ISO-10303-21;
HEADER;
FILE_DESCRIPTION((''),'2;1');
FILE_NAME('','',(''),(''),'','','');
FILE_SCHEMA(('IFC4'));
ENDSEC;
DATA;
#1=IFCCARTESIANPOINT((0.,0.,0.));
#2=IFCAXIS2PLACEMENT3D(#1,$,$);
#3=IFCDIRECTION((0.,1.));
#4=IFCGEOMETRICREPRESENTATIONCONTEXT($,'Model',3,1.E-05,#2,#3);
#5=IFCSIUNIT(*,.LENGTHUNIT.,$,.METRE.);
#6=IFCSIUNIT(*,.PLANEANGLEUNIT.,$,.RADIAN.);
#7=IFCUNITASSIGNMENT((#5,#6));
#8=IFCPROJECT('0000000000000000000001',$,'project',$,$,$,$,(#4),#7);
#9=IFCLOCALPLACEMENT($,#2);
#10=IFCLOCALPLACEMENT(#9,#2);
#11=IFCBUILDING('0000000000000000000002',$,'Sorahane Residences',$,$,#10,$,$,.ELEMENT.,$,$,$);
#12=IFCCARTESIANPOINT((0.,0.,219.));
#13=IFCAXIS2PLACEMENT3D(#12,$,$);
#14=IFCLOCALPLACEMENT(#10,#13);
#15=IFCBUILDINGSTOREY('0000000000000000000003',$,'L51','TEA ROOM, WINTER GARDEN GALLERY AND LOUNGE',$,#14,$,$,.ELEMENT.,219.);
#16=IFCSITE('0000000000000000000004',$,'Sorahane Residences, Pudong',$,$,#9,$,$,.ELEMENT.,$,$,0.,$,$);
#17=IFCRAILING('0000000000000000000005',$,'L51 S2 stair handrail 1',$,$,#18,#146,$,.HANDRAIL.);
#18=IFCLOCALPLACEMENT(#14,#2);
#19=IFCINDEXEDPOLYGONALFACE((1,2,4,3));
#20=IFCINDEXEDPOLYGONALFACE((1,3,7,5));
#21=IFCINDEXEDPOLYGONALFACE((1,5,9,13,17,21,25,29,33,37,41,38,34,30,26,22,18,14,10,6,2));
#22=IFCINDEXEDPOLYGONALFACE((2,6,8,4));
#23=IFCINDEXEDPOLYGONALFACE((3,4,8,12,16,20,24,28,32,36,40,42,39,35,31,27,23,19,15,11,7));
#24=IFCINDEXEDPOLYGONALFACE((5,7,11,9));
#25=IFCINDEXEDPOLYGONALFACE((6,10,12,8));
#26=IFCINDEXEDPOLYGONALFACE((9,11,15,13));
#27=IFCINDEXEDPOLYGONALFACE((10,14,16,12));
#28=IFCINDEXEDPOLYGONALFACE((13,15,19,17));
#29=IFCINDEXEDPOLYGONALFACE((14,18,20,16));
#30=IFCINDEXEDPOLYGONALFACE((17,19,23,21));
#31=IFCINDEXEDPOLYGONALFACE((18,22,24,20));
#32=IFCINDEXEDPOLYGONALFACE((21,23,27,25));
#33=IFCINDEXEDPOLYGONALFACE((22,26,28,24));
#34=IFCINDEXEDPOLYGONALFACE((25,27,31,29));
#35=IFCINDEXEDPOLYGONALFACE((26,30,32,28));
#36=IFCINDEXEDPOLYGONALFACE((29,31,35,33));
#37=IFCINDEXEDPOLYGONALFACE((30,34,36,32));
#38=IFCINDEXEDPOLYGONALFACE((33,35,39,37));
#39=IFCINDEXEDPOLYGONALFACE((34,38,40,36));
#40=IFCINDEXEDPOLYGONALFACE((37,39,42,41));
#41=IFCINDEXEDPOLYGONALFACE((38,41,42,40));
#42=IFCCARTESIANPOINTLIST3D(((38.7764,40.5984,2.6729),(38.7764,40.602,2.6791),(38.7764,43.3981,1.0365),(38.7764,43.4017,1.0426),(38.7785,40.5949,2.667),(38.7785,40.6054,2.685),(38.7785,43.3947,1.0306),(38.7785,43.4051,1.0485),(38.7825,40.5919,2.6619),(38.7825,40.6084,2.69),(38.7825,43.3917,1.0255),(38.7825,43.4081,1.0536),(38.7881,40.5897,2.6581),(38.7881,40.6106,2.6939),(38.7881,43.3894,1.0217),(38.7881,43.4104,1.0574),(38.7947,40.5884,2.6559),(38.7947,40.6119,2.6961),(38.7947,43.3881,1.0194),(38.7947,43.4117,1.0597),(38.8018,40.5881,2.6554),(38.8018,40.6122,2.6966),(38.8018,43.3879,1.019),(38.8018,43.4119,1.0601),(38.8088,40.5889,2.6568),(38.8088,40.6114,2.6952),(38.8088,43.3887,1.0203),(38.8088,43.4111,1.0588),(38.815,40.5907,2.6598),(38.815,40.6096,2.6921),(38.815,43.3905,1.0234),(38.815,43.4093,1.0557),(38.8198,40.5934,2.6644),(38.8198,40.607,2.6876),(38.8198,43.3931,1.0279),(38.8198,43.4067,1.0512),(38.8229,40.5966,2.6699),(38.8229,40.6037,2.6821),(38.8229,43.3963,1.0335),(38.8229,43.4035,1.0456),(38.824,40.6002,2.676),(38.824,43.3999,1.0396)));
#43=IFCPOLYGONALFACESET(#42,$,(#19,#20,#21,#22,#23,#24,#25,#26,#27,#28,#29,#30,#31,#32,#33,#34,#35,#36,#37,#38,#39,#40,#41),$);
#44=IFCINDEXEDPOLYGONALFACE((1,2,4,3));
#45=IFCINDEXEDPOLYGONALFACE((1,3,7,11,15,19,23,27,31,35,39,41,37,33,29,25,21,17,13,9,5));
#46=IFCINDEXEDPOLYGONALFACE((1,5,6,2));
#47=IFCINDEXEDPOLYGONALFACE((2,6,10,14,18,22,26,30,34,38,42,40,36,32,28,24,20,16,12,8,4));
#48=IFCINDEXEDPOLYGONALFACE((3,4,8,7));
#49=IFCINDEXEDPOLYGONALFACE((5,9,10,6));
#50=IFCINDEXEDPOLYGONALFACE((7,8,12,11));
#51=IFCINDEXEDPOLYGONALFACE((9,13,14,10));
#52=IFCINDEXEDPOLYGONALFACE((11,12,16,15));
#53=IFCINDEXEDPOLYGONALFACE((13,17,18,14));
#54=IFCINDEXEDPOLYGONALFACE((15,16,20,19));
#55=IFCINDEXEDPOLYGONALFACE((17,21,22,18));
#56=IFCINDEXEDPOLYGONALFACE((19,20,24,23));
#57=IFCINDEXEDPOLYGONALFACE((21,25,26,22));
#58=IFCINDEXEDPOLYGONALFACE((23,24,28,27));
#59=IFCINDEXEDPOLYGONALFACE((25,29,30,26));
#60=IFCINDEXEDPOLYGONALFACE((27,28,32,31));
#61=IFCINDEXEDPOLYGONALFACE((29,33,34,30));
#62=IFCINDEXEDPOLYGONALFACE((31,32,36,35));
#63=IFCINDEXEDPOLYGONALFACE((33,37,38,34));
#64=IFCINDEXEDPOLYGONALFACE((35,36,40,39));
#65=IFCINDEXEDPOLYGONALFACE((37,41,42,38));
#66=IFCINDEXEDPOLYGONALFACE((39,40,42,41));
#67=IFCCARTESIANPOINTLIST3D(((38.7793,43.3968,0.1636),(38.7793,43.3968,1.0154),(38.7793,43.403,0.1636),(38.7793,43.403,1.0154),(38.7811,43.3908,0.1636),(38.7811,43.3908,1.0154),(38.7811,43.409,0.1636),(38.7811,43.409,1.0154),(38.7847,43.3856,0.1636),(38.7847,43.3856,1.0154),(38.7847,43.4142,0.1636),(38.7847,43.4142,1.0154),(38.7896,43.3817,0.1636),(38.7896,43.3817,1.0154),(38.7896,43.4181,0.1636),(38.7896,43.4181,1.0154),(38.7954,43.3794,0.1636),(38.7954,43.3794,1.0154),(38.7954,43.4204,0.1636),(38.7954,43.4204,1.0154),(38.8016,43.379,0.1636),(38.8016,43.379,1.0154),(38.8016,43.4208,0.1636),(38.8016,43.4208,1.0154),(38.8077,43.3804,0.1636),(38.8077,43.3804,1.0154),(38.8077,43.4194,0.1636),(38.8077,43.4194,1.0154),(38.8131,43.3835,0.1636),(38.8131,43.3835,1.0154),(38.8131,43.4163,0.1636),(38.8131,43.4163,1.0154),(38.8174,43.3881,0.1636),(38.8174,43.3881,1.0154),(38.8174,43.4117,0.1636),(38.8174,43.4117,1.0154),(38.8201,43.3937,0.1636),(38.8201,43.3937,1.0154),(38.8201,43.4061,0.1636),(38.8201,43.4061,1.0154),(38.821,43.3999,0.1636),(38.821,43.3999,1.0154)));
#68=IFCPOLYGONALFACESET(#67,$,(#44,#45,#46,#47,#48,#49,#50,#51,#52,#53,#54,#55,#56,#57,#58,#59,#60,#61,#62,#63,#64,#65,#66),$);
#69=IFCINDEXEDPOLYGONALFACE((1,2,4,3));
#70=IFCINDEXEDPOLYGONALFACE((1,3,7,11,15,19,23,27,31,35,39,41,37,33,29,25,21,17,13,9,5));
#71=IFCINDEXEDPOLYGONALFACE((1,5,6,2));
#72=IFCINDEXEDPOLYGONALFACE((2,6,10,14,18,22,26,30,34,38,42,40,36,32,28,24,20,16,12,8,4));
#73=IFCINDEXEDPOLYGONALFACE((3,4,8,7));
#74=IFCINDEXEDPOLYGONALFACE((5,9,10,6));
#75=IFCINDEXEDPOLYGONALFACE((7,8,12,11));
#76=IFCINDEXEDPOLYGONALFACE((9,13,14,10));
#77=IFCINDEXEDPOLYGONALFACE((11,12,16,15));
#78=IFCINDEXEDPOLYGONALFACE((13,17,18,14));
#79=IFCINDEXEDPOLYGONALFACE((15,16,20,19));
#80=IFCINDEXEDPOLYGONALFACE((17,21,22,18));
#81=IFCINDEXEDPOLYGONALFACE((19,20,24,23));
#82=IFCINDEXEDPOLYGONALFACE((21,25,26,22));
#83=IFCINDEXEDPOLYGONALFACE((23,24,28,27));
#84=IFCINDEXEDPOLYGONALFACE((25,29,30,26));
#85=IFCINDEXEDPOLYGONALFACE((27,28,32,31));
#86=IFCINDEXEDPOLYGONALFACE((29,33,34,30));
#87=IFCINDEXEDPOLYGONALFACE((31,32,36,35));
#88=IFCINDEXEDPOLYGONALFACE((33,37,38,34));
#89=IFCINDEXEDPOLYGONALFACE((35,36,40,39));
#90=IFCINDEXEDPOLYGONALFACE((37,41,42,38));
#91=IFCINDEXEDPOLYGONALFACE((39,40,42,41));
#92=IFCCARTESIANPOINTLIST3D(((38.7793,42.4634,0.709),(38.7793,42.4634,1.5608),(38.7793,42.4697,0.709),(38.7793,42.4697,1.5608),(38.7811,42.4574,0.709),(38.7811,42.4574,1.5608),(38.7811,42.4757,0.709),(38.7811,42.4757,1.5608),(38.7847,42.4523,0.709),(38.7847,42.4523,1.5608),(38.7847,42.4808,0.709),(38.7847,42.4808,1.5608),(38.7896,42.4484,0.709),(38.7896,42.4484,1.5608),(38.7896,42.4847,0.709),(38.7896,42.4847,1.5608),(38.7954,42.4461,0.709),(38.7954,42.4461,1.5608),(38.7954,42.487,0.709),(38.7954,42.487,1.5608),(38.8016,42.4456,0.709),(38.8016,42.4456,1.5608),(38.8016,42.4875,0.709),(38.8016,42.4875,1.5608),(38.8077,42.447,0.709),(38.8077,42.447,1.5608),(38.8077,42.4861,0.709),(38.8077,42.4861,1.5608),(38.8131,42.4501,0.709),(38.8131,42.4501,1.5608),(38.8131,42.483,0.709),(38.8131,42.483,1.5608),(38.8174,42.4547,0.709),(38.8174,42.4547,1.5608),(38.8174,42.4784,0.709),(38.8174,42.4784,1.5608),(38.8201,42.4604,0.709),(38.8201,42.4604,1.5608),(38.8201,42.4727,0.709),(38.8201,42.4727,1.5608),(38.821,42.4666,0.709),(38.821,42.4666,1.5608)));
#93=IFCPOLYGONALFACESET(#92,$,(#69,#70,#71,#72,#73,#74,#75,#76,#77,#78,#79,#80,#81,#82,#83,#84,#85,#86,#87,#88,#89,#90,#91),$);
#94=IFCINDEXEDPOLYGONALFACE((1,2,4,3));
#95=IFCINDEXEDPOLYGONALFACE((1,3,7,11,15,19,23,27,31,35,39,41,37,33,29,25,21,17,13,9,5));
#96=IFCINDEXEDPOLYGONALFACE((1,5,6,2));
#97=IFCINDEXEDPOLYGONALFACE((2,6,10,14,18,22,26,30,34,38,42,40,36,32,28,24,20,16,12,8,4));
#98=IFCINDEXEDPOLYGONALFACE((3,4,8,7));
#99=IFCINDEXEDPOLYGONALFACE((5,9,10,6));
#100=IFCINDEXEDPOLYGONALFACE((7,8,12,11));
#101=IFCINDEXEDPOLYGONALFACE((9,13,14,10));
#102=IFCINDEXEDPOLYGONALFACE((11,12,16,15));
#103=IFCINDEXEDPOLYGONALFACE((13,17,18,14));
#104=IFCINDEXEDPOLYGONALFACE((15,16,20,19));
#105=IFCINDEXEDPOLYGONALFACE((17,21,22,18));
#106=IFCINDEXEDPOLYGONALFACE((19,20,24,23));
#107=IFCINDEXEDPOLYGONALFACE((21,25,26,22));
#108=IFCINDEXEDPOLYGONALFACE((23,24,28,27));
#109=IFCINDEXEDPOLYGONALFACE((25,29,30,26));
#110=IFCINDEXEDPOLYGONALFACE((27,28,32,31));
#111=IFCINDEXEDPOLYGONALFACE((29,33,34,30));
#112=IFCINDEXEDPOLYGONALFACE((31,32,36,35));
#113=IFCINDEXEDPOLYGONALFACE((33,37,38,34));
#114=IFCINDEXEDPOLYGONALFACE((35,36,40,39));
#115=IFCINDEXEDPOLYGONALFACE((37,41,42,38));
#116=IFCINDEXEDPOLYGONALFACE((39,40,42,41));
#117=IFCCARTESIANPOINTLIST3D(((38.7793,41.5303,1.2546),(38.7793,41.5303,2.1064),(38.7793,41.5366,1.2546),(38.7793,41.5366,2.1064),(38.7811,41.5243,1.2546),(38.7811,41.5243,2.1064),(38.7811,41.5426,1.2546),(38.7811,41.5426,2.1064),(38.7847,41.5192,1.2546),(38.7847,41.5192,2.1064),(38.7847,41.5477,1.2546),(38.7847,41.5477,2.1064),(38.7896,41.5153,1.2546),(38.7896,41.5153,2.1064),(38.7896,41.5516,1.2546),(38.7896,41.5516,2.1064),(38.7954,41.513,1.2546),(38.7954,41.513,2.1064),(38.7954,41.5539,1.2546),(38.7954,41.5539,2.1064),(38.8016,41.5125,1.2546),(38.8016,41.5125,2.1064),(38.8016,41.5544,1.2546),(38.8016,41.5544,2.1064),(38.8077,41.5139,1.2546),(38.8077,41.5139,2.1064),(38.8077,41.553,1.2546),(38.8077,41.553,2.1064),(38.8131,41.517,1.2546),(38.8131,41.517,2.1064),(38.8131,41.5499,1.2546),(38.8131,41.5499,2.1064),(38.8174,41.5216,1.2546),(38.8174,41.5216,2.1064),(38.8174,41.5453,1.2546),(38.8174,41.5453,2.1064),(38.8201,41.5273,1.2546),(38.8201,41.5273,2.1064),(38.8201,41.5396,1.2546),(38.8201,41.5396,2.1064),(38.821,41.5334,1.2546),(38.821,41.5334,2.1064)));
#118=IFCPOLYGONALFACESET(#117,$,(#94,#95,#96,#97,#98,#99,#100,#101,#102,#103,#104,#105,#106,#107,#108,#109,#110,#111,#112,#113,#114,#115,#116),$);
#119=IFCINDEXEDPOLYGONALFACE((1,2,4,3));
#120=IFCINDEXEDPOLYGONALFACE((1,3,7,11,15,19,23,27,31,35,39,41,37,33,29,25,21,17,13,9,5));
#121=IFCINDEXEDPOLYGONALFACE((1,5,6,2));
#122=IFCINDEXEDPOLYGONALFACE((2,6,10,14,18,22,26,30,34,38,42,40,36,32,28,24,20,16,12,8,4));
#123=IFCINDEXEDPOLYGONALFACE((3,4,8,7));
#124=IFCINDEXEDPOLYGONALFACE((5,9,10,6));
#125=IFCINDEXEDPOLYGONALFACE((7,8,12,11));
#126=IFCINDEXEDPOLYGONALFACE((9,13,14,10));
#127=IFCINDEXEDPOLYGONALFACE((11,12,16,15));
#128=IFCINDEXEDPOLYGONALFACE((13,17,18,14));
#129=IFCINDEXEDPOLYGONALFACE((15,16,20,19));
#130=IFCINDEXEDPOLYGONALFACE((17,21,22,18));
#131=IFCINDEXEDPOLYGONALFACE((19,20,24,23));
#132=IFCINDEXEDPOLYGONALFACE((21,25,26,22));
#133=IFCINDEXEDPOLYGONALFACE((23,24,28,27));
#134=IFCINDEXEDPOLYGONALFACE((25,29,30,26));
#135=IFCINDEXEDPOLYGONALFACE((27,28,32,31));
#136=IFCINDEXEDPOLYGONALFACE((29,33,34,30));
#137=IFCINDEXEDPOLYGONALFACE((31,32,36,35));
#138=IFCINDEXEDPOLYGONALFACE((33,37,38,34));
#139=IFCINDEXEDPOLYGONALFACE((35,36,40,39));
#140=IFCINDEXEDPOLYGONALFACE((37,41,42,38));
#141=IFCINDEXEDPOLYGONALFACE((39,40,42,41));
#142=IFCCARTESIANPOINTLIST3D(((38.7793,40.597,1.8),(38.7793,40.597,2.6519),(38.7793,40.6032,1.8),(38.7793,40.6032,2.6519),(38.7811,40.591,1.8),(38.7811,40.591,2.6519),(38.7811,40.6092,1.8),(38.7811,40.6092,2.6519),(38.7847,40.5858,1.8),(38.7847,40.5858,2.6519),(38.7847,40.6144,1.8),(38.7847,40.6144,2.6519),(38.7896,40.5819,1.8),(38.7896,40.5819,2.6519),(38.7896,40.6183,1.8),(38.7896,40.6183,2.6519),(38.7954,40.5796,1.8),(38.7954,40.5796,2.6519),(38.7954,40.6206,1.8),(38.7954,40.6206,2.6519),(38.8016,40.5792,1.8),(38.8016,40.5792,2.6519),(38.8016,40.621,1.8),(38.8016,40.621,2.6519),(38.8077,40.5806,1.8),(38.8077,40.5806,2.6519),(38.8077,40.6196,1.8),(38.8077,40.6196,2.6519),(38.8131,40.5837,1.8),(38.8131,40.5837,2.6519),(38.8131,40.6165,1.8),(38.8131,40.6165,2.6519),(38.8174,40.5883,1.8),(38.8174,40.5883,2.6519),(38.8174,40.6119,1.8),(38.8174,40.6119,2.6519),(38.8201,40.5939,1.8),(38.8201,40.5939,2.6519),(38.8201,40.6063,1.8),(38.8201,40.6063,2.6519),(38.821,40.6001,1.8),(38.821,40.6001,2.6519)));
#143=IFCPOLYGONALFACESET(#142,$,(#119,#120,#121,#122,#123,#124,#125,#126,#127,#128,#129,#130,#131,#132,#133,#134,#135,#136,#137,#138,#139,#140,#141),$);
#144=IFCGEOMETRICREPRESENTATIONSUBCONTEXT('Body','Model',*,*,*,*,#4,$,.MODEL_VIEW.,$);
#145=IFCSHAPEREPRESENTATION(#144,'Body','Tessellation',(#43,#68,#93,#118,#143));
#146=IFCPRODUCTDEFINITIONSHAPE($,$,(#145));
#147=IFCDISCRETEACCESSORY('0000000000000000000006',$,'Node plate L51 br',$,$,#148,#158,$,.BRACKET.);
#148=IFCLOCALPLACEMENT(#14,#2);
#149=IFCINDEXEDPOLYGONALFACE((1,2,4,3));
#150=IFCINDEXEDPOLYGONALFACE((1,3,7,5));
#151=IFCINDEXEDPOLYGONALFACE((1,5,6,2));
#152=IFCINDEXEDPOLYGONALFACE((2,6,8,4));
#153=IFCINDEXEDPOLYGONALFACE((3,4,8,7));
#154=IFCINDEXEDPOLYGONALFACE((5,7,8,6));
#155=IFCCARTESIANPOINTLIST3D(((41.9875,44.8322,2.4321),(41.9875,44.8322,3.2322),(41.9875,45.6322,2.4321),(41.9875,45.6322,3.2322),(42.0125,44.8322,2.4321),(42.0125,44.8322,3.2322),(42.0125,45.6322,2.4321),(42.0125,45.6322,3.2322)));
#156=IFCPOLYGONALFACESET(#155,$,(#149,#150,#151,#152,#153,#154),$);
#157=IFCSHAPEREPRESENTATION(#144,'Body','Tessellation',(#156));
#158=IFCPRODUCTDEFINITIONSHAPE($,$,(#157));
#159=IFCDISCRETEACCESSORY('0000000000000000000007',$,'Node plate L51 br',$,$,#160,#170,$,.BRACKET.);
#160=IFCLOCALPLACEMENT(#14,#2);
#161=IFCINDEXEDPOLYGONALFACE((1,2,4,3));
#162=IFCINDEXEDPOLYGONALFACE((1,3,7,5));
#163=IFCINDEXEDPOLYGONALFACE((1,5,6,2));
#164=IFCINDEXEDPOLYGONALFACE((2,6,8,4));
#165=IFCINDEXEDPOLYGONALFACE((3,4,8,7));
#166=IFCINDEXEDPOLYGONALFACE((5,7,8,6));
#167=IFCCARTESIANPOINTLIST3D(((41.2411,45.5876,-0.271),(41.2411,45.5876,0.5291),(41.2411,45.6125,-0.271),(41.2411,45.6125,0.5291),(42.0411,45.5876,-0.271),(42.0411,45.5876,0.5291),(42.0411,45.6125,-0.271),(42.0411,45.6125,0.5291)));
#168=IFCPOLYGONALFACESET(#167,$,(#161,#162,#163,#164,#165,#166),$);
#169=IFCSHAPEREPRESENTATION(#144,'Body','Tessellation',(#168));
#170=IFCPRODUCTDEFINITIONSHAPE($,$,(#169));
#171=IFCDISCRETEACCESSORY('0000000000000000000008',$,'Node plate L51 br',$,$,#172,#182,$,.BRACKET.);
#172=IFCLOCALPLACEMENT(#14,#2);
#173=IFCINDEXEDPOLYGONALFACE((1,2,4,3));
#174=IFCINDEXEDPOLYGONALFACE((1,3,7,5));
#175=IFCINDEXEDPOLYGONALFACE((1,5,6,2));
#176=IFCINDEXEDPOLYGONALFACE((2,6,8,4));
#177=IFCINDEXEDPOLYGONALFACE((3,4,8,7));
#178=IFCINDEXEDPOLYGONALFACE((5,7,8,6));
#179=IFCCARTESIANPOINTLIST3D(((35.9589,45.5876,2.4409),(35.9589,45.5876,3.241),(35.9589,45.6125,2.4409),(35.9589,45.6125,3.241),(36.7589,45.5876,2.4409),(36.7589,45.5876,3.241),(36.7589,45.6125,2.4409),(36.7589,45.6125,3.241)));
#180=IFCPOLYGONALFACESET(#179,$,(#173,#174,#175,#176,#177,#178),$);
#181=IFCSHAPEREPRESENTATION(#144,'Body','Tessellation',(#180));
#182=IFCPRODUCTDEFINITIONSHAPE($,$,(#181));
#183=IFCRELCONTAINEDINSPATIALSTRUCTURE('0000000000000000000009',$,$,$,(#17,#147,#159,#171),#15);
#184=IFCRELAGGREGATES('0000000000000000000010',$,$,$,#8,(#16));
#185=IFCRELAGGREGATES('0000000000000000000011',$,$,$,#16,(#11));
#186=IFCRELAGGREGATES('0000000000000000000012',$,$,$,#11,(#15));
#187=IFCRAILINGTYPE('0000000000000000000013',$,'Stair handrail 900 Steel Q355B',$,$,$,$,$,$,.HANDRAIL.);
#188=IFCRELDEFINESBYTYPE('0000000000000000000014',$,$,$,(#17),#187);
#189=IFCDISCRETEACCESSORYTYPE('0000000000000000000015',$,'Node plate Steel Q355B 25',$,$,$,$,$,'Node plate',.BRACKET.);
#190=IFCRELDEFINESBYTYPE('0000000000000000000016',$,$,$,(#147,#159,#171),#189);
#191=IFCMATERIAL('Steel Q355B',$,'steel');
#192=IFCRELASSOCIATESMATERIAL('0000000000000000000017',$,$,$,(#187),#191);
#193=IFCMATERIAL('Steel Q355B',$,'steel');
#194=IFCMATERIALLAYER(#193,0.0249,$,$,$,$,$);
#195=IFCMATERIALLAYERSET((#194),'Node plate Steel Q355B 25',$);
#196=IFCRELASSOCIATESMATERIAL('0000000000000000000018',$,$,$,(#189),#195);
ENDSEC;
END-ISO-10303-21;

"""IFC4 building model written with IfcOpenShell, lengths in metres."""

from ifc_helpers import new_model, si_unit, direction, frame, origin, origin_2d, place, context, subcontext, project, spatial, rectangle, circle, extrude, material, layer, layer_set, type_object, element, save


model = new_model("IFC4")

# Units and contexts
model_context = context("Model", 3, precision=1e-05, world=origin(), true_north=direction((0.0, 1.0)))
body_context = subcontext(model_context, "Body", "Model", "MODEL_VIEW")
ifc_project = project(units=[si_unit("LENGTHUNIT", "METRE"), si_unit("PLANEANGLEUNIT", "RADIAN")], contexts=[model_context])

# Site, building, storey
site_placement = place(None, origin())
site = spatial("IfcSite", under=ifc_project, at=site_placement, Name="Sorahane Residences, Pudong", CompositionType="ELEMENT", RefElevation=0.0)
building_placement = place(site_placement, origin())
building = spatial("IfcBuilding", under=site, at=building_placement, Name="Sorahane Residences", CompositionType="ELEMENT")
storey_placement = place(building_placement, frame((0.0, 0.0, 219.0)))
storey = spatial("IfcBuildingStorey", under=building, at=storey_placement, Name="L51", Description="TEA ROOM, WINTER GARDEN GALLERY AND LOUNGE", CompositionType="ELEMENT", Elevation=219.0)

# Railing
ifc_material_1 = material(Name="Steel Q355B", Category="steel")
railing_type_1 = type_object("IfcRailingType", Name="Stair handrail 900 Steel Q355B", PredefinedType="HANDRAIL", material=ifc_material_1)
railing_1_placement = place(storey_placement, frame((38.8, 43.3999, 0.1636)))
element("IfcRailing", 1, at=railing_1_placement, inside=storey, type_object=railing_type_1, Name="L51 S2 stair handrail 1", PredefinedType="HANDRAIL", context=body_context, shape_type="SweptSolid", body=[
    extrude(circle(Radius=0.0239, at=origin_2d()), frame((0.0, 0.0, 0.876), z_axis=(0.0, -0.863342, 0.50462), x_axis=(1.0, 0.0, 0.0)), (0.0, 0.0, 1.0), 3.2429),
    extrude(circle(Radius=0.021, at=origin_2d()), origin(), (0.0, 0.0, 1.0), 0.8518),
    extrude(circle(Radius=0.021, at=origin_2d()), frame((0.0, -0.9333, 0.5454)), (0.0, 0.0, 1.0), 0.8518),
    extrude(circle(Radius=0.021, at=origin_2d()), frame((0.0, -1.8665, 1.0911)), (0.0, 0.0, 1.0), 0.8518),
    extrude(circle(Radius=0.021, at=origin_2d()), frame((0.0, -2.7998, 1.6365)), (0.0, 0.0, 1.0), 0.8518),
])

# Discrete accessories
ifc_material_2 = material(Name="Steel Q355B", Category="steel")
ifc_layer_1 = layer(ifc_material_2, 0.0249)
ifc_layer_set_1 = layer_set([ifc_layer_1], Name="Node plate Steel Q355B 25")
discrete_accessory_type = type_object("IfcDiscreteAccessoryType", Name="Node plate Steel Q355B 25", ElementType="Node plate", PredefinedType="BRACKET", material=ifc_layer_set_1)
for number, where, z_axis, x_axis, name in (
    (2, (42.0, 45.2322, 2.4321), (0.0, 0.0, 1.0), (0.0, 1.0, 0.0), "Node plate L51 br"),
    (3, (41.6411, 45.6001, -0.271), (0.0, 0.0, 1.0), (1.0, 0.0, 0.0), "Node plate L51 br"),
    (4, (36.3589, 45.6001, 2.4409), (0.0, 0.0, 1.0), (1.0, 0.0, 0.0), "Node plate L51 br"),
):
    element("IfcDiscreteAccessory", number, at=place(storey_placement, frame(where, z_axis=z_axis, x_axis=x_axis)), inside=storey, type_object=discrete_accessory_type, Name=name, PredefinedType="BRACKET", context=body_context, shape_type="SweptSolid", body=[
        extrude(rectangle(XDim=0.8, YDim=0.0249, at=origin_2d()), origin(), (0.0, 0.0, 1.0), 0.8),
    ])

save(model, "model.ifc")
